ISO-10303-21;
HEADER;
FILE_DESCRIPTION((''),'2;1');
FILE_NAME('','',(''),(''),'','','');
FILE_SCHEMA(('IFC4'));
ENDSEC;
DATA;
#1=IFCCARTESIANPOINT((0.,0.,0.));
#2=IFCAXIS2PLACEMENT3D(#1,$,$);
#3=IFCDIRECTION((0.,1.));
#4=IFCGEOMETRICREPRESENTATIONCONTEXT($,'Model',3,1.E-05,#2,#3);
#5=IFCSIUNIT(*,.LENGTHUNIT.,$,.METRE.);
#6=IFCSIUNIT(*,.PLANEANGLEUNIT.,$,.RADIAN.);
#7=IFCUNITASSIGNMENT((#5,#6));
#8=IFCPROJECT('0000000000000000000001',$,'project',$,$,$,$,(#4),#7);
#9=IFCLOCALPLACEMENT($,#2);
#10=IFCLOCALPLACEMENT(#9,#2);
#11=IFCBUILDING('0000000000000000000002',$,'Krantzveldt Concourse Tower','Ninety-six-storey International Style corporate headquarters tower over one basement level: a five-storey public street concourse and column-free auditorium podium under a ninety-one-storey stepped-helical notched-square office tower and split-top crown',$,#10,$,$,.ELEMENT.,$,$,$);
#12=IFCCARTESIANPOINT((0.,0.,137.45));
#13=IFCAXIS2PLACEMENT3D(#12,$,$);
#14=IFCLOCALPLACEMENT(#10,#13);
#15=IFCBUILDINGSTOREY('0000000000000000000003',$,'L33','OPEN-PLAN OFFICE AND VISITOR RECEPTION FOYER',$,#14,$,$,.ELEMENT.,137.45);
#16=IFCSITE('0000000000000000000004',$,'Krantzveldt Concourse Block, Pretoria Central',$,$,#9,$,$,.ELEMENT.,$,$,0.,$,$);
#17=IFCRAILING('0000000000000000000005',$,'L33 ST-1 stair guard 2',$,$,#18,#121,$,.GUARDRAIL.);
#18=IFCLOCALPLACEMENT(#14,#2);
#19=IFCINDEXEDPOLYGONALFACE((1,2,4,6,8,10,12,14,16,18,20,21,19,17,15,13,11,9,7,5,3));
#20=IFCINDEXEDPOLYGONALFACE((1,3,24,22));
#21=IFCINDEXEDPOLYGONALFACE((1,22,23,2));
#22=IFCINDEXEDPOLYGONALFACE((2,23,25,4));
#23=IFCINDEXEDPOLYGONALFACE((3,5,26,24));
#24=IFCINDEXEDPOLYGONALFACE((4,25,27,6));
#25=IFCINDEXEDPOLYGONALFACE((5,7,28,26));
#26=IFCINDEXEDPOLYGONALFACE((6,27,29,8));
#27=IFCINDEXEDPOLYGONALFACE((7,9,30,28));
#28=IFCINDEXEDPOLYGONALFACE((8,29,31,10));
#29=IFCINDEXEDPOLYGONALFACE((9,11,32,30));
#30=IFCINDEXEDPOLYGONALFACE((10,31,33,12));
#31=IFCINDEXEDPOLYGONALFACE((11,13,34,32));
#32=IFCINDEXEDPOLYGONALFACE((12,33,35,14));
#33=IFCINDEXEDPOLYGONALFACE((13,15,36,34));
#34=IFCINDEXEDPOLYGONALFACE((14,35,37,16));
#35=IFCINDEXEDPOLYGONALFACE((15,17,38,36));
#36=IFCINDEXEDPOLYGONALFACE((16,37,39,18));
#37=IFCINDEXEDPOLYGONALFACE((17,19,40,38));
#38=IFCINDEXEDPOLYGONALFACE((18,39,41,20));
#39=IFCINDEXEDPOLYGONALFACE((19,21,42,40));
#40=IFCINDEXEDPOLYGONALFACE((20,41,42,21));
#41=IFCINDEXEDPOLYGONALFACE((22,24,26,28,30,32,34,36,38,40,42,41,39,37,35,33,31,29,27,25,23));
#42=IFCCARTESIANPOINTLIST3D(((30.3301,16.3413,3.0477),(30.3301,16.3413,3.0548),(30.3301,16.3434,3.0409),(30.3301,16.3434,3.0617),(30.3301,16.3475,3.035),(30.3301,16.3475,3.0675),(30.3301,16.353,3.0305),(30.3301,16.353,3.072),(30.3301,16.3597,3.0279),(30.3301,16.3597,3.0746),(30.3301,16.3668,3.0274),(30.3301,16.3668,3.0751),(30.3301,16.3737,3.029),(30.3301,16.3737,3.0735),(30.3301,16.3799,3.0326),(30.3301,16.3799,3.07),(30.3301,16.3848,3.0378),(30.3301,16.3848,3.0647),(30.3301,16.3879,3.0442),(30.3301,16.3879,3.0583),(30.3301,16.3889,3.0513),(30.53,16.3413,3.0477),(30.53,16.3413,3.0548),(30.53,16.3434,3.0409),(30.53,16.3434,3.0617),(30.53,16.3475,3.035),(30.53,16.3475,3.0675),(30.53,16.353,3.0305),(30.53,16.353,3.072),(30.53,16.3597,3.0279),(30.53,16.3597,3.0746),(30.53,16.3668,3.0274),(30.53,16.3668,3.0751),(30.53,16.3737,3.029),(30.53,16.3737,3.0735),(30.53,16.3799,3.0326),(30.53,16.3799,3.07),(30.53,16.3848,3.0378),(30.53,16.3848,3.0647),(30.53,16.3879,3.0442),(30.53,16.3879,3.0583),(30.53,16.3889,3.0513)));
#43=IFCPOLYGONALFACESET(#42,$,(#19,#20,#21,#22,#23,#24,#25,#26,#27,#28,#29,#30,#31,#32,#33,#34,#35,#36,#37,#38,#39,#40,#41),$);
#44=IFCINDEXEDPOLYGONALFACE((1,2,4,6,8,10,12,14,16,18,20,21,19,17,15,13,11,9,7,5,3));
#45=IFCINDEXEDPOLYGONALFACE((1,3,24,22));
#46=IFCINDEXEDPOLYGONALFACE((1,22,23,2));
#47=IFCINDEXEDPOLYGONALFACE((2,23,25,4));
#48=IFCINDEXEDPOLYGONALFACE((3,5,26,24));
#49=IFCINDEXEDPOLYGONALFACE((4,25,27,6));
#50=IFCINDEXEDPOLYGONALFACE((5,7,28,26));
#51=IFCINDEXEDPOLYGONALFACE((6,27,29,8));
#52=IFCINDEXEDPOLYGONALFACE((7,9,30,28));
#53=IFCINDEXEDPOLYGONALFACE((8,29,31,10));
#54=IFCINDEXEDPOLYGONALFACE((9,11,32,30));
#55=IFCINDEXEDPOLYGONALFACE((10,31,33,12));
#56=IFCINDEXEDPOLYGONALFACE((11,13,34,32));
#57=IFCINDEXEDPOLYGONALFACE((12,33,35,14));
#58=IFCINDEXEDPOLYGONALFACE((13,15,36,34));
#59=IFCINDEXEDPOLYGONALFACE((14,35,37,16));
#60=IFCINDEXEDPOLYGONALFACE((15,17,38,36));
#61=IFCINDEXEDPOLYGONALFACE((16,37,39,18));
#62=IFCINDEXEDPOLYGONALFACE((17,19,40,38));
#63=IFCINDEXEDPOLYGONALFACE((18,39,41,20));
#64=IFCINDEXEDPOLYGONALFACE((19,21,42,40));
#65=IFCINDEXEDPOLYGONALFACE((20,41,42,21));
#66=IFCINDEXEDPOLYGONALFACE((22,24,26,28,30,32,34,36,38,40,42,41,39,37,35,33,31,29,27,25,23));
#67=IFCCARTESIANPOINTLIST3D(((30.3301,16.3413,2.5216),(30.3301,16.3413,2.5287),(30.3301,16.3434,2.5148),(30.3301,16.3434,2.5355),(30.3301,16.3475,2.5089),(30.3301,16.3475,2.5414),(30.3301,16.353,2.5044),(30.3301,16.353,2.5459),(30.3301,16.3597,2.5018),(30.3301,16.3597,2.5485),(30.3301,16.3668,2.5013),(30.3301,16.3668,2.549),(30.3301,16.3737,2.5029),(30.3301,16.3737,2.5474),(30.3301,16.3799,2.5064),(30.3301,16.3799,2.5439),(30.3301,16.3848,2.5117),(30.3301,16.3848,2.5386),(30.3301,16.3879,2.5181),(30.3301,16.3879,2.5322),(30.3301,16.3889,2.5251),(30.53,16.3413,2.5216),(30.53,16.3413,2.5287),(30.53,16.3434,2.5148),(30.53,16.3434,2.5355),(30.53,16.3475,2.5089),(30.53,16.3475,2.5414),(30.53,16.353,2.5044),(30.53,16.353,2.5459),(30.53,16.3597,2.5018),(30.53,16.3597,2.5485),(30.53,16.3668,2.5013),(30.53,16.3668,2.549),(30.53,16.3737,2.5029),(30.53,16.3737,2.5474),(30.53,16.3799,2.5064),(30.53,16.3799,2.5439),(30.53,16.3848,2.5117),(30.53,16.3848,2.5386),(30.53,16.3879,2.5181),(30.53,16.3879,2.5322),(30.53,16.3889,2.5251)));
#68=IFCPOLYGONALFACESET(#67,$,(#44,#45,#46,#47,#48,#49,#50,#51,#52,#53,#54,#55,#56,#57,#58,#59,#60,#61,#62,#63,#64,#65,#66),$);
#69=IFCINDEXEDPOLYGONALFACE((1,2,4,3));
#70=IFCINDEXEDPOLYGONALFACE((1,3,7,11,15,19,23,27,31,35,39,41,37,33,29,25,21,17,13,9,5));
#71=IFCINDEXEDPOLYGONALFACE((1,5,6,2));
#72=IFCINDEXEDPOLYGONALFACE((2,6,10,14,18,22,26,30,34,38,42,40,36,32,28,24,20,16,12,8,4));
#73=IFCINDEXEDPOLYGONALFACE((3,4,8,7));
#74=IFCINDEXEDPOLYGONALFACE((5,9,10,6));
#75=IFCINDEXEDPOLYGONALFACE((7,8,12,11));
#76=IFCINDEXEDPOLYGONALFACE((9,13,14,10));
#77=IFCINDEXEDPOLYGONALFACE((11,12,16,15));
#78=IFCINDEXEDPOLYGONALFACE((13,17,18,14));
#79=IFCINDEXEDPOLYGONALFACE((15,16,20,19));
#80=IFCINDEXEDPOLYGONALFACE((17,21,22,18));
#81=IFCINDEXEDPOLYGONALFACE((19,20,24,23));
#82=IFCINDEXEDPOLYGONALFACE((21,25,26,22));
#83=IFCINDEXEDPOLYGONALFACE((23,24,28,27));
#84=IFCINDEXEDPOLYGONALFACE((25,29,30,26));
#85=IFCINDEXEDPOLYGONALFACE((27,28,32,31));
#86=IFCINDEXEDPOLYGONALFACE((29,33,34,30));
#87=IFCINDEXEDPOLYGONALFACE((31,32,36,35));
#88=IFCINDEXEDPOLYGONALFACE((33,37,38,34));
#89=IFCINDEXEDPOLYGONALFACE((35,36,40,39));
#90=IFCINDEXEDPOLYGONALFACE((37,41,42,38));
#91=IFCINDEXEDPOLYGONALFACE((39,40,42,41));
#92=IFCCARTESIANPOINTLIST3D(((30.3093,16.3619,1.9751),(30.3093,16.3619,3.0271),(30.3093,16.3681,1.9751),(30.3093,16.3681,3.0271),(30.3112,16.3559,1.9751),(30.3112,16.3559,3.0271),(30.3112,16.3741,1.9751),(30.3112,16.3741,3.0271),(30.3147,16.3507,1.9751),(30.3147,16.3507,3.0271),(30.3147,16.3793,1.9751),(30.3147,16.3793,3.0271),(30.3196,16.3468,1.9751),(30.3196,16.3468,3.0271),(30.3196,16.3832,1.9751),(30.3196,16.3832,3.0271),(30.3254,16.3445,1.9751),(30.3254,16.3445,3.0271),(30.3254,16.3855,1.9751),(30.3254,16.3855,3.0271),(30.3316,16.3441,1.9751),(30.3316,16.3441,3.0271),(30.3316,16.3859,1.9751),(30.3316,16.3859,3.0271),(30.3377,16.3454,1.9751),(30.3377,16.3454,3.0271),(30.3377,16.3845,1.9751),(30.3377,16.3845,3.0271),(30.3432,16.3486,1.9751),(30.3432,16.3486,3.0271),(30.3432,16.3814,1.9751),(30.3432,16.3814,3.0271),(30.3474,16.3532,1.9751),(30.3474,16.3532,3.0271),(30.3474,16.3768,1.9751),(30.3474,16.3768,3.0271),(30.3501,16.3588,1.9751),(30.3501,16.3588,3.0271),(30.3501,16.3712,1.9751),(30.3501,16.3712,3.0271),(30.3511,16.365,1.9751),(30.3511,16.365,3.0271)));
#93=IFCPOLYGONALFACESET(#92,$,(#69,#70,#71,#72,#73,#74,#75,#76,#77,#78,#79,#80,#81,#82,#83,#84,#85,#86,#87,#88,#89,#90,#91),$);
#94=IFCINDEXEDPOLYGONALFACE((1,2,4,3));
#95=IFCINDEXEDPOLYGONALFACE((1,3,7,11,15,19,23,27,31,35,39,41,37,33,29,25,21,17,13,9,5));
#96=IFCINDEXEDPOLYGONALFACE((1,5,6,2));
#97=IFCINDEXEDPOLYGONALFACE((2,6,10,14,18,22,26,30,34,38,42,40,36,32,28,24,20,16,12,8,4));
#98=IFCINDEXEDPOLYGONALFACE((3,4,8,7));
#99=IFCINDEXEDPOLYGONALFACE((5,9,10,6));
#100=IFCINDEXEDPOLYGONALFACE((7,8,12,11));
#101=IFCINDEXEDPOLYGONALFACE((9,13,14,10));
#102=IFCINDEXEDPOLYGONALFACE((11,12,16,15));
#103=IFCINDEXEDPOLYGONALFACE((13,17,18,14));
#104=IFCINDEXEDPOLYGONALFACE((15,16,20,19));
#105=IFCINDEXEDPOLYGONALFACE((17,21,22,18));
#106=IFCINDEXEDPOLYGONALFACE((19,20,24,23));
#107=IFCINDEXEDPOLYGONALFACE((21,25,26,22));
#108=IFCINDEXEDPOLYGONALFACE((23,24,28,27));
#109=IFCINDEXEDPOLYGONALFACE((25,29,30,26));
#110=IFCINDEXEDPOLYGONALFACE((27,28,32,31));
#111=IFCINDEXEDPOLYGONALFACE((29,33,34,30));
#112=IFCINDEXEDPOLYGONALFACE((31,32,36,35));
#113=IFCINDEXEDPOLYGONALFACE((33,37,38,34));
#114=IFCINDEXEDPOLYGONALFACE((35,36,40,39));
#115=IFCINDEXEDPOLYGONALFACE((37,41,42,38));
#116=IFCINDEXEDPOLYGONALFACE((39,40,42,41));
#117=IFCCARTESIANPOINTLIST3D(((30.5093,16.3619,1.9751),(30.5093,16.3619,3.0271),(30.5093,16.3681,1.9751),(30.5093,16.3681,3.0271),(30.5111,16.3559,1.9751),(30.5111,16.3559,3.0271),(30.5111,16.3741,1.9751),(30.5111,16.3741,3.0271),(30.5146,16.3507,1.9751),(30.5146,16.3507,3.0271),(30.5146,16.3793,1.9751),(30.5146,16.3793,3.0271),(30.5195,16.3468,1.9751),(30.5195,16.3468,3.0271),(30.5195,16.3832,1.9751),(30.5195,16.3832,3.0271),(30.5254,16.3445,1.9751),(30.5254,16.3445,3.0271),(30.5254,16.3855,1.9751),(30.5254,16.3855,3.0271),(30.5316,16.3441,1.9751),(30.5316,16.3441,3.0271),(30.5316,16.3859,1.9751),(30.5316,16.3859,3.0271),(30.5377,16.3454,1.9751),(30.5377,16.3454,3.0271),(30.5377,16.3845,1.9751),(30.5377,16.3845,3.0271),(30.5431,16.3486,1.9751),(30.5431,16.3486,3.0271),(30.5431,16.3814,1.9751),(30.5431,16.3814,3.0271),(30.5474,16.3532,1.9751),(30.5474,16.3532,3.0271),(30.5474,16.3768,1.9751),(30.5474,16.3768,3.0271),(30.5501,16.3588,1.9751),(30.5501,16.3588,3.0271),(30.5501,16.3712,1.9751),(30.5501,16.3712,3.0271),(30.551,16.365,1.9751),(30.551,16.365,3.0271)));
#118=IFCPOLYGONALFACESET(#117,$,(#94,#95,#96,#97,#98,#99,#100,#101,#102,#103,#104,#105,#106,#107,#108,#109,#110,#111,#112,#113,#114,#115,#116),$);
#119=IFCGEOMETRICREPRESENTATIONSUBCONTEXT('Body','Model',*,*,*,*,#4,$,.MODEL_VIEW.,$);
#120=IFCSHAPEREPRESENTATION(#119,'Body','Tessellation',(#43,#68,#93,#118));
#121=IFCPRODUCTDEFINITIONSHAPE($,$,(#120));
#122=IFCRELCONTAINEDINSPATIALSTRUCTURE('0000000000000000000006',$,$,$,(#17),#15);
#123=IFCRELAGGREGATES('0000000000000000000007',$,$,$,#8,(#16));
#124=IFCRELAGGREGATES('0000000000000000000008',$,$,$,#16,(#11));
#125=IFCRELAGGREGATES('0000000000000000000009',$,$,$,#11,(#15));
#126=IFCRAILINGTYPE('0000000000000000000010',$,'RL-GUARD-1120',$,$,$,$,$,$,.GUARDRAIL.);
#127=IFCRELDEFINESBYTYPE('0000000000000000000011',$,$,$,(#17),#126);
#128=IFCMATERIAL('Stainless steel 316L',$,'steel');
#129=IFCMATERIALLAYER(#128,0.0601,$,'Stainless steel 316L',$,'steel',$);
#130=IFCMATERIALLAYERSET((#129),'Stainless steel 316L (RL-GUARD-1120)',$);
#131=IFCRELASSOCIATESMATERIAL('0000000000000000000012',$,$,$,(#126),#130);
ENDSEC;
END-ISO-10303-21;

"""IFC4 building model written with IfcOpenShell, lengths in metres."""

from ifc_helpers import new_model, si_unit, direction, frame, origin, origin_2d, place, context, subcontext, project, spatial, circle, extrude, material, layer, layer_set, type_object, element, save


model = new_model("IFC4")

# Units and contexts
model_context = context("Model", 3, precision=1e-05, world=origin(), true_north=direction((0.0, 1.0)))
body_context = subcontext(model_context, "Body", "Model", "MODEL_VIEW")
ifc_project = project(units=[si_unit("LENGTHUNIT", "METRE"), si_unit("PLANEANGLEUNIT", "RADIAN")], contexts=[model_context])

# Site, building, storey
site_placement = place(None, origin())
site = spatial("IfcSite", under=ifc_project, at=site_placement, Name="Krantzveldt Concourse Block, Pretoria Central", CompositionType="ELEMENT", RefElevation=0.0)
building_placement = place(site_placement, origin())
building = spatial("IfcBuilding", under=site, at=building_placement, Name="Krantzveldt Concourse Tower", Description="Ninety-six-storey International Style corporate headquarters tower over one basement level: a five-storey public street concourse and column-free auditorium podium under a ninety-one-storey stepped-helical notched-square office tower and split-top crown", CompositionType="ELEMENT")
storey_placement = place(building_placement, frame((0.0, 0.0, 137.45)))
storey = spatial("IfcBuildingStorey", under=building, at=storey_placement, Name="L33", Description="OPEN-PLAN OFFICE AND VISITOR RECEPTION FOYER", CompositionType="ELEMENT", Elevation=137.45)

# Shared definitions
ifc_material_1 = material(Name="Stainless steel 316L", Category="steel")

# Railing
ifc_layer_1 = layer(ifc_material_1, 0.0601, Name="Stainless steel 316L", Category="steel")
ifc_layer_set_1 = layer_set([ifc_layer_1], Name="Stainless steel 316L (RL-GUARD-1120)")
railing_type_1 = type_object("IfcRailingType", Name="RL-GUARD-1120", PredefinedType="GUARDRAIL", material=ifc_layer_set_1)
railing_1_placement = place(storey_placement, frame((30.3301, 16.365, 1.9751)))
element("IfcRailing", 1, at=railing_1_placement, inside=storey, type_object=railing_type_1, Name="L33 ST-1 stair guard 2", PredefinedType="GUARDRAIL", context=body_context, shape_type="SweptSolid", body=[
    extrude(circle(Radius=0.0239, at=origin_2d()), frame((0.0, 0.0, 1.0762), z_axis=(1.0, 0.0, 0.0), x_axis=(0.0, 1.0, 0.0)), (0.0, 0.0, 1.0), 0.2),
    extrude(circle(Radius=0.0239, at=origin_2d()), frame((0.0, 0.0, 0.55), z_axis=(1.0, 0.0, 0.0), x_axis=(0.0, 1.0, 0.0)), (0.0, 0.0, 1.0), 0.2),
    extrude(circle(Radius=0.021, at=origin_2d()), origin(), (0.0, 0.0, 1.0), 1.052),
    extrude(circle(Radius=0.021, at=origin_2d()), frame((0.2, 0.0, 0.0)), (0.0, 0.0, 1.0), 1.052),
])

save(model, "model.ifc")
